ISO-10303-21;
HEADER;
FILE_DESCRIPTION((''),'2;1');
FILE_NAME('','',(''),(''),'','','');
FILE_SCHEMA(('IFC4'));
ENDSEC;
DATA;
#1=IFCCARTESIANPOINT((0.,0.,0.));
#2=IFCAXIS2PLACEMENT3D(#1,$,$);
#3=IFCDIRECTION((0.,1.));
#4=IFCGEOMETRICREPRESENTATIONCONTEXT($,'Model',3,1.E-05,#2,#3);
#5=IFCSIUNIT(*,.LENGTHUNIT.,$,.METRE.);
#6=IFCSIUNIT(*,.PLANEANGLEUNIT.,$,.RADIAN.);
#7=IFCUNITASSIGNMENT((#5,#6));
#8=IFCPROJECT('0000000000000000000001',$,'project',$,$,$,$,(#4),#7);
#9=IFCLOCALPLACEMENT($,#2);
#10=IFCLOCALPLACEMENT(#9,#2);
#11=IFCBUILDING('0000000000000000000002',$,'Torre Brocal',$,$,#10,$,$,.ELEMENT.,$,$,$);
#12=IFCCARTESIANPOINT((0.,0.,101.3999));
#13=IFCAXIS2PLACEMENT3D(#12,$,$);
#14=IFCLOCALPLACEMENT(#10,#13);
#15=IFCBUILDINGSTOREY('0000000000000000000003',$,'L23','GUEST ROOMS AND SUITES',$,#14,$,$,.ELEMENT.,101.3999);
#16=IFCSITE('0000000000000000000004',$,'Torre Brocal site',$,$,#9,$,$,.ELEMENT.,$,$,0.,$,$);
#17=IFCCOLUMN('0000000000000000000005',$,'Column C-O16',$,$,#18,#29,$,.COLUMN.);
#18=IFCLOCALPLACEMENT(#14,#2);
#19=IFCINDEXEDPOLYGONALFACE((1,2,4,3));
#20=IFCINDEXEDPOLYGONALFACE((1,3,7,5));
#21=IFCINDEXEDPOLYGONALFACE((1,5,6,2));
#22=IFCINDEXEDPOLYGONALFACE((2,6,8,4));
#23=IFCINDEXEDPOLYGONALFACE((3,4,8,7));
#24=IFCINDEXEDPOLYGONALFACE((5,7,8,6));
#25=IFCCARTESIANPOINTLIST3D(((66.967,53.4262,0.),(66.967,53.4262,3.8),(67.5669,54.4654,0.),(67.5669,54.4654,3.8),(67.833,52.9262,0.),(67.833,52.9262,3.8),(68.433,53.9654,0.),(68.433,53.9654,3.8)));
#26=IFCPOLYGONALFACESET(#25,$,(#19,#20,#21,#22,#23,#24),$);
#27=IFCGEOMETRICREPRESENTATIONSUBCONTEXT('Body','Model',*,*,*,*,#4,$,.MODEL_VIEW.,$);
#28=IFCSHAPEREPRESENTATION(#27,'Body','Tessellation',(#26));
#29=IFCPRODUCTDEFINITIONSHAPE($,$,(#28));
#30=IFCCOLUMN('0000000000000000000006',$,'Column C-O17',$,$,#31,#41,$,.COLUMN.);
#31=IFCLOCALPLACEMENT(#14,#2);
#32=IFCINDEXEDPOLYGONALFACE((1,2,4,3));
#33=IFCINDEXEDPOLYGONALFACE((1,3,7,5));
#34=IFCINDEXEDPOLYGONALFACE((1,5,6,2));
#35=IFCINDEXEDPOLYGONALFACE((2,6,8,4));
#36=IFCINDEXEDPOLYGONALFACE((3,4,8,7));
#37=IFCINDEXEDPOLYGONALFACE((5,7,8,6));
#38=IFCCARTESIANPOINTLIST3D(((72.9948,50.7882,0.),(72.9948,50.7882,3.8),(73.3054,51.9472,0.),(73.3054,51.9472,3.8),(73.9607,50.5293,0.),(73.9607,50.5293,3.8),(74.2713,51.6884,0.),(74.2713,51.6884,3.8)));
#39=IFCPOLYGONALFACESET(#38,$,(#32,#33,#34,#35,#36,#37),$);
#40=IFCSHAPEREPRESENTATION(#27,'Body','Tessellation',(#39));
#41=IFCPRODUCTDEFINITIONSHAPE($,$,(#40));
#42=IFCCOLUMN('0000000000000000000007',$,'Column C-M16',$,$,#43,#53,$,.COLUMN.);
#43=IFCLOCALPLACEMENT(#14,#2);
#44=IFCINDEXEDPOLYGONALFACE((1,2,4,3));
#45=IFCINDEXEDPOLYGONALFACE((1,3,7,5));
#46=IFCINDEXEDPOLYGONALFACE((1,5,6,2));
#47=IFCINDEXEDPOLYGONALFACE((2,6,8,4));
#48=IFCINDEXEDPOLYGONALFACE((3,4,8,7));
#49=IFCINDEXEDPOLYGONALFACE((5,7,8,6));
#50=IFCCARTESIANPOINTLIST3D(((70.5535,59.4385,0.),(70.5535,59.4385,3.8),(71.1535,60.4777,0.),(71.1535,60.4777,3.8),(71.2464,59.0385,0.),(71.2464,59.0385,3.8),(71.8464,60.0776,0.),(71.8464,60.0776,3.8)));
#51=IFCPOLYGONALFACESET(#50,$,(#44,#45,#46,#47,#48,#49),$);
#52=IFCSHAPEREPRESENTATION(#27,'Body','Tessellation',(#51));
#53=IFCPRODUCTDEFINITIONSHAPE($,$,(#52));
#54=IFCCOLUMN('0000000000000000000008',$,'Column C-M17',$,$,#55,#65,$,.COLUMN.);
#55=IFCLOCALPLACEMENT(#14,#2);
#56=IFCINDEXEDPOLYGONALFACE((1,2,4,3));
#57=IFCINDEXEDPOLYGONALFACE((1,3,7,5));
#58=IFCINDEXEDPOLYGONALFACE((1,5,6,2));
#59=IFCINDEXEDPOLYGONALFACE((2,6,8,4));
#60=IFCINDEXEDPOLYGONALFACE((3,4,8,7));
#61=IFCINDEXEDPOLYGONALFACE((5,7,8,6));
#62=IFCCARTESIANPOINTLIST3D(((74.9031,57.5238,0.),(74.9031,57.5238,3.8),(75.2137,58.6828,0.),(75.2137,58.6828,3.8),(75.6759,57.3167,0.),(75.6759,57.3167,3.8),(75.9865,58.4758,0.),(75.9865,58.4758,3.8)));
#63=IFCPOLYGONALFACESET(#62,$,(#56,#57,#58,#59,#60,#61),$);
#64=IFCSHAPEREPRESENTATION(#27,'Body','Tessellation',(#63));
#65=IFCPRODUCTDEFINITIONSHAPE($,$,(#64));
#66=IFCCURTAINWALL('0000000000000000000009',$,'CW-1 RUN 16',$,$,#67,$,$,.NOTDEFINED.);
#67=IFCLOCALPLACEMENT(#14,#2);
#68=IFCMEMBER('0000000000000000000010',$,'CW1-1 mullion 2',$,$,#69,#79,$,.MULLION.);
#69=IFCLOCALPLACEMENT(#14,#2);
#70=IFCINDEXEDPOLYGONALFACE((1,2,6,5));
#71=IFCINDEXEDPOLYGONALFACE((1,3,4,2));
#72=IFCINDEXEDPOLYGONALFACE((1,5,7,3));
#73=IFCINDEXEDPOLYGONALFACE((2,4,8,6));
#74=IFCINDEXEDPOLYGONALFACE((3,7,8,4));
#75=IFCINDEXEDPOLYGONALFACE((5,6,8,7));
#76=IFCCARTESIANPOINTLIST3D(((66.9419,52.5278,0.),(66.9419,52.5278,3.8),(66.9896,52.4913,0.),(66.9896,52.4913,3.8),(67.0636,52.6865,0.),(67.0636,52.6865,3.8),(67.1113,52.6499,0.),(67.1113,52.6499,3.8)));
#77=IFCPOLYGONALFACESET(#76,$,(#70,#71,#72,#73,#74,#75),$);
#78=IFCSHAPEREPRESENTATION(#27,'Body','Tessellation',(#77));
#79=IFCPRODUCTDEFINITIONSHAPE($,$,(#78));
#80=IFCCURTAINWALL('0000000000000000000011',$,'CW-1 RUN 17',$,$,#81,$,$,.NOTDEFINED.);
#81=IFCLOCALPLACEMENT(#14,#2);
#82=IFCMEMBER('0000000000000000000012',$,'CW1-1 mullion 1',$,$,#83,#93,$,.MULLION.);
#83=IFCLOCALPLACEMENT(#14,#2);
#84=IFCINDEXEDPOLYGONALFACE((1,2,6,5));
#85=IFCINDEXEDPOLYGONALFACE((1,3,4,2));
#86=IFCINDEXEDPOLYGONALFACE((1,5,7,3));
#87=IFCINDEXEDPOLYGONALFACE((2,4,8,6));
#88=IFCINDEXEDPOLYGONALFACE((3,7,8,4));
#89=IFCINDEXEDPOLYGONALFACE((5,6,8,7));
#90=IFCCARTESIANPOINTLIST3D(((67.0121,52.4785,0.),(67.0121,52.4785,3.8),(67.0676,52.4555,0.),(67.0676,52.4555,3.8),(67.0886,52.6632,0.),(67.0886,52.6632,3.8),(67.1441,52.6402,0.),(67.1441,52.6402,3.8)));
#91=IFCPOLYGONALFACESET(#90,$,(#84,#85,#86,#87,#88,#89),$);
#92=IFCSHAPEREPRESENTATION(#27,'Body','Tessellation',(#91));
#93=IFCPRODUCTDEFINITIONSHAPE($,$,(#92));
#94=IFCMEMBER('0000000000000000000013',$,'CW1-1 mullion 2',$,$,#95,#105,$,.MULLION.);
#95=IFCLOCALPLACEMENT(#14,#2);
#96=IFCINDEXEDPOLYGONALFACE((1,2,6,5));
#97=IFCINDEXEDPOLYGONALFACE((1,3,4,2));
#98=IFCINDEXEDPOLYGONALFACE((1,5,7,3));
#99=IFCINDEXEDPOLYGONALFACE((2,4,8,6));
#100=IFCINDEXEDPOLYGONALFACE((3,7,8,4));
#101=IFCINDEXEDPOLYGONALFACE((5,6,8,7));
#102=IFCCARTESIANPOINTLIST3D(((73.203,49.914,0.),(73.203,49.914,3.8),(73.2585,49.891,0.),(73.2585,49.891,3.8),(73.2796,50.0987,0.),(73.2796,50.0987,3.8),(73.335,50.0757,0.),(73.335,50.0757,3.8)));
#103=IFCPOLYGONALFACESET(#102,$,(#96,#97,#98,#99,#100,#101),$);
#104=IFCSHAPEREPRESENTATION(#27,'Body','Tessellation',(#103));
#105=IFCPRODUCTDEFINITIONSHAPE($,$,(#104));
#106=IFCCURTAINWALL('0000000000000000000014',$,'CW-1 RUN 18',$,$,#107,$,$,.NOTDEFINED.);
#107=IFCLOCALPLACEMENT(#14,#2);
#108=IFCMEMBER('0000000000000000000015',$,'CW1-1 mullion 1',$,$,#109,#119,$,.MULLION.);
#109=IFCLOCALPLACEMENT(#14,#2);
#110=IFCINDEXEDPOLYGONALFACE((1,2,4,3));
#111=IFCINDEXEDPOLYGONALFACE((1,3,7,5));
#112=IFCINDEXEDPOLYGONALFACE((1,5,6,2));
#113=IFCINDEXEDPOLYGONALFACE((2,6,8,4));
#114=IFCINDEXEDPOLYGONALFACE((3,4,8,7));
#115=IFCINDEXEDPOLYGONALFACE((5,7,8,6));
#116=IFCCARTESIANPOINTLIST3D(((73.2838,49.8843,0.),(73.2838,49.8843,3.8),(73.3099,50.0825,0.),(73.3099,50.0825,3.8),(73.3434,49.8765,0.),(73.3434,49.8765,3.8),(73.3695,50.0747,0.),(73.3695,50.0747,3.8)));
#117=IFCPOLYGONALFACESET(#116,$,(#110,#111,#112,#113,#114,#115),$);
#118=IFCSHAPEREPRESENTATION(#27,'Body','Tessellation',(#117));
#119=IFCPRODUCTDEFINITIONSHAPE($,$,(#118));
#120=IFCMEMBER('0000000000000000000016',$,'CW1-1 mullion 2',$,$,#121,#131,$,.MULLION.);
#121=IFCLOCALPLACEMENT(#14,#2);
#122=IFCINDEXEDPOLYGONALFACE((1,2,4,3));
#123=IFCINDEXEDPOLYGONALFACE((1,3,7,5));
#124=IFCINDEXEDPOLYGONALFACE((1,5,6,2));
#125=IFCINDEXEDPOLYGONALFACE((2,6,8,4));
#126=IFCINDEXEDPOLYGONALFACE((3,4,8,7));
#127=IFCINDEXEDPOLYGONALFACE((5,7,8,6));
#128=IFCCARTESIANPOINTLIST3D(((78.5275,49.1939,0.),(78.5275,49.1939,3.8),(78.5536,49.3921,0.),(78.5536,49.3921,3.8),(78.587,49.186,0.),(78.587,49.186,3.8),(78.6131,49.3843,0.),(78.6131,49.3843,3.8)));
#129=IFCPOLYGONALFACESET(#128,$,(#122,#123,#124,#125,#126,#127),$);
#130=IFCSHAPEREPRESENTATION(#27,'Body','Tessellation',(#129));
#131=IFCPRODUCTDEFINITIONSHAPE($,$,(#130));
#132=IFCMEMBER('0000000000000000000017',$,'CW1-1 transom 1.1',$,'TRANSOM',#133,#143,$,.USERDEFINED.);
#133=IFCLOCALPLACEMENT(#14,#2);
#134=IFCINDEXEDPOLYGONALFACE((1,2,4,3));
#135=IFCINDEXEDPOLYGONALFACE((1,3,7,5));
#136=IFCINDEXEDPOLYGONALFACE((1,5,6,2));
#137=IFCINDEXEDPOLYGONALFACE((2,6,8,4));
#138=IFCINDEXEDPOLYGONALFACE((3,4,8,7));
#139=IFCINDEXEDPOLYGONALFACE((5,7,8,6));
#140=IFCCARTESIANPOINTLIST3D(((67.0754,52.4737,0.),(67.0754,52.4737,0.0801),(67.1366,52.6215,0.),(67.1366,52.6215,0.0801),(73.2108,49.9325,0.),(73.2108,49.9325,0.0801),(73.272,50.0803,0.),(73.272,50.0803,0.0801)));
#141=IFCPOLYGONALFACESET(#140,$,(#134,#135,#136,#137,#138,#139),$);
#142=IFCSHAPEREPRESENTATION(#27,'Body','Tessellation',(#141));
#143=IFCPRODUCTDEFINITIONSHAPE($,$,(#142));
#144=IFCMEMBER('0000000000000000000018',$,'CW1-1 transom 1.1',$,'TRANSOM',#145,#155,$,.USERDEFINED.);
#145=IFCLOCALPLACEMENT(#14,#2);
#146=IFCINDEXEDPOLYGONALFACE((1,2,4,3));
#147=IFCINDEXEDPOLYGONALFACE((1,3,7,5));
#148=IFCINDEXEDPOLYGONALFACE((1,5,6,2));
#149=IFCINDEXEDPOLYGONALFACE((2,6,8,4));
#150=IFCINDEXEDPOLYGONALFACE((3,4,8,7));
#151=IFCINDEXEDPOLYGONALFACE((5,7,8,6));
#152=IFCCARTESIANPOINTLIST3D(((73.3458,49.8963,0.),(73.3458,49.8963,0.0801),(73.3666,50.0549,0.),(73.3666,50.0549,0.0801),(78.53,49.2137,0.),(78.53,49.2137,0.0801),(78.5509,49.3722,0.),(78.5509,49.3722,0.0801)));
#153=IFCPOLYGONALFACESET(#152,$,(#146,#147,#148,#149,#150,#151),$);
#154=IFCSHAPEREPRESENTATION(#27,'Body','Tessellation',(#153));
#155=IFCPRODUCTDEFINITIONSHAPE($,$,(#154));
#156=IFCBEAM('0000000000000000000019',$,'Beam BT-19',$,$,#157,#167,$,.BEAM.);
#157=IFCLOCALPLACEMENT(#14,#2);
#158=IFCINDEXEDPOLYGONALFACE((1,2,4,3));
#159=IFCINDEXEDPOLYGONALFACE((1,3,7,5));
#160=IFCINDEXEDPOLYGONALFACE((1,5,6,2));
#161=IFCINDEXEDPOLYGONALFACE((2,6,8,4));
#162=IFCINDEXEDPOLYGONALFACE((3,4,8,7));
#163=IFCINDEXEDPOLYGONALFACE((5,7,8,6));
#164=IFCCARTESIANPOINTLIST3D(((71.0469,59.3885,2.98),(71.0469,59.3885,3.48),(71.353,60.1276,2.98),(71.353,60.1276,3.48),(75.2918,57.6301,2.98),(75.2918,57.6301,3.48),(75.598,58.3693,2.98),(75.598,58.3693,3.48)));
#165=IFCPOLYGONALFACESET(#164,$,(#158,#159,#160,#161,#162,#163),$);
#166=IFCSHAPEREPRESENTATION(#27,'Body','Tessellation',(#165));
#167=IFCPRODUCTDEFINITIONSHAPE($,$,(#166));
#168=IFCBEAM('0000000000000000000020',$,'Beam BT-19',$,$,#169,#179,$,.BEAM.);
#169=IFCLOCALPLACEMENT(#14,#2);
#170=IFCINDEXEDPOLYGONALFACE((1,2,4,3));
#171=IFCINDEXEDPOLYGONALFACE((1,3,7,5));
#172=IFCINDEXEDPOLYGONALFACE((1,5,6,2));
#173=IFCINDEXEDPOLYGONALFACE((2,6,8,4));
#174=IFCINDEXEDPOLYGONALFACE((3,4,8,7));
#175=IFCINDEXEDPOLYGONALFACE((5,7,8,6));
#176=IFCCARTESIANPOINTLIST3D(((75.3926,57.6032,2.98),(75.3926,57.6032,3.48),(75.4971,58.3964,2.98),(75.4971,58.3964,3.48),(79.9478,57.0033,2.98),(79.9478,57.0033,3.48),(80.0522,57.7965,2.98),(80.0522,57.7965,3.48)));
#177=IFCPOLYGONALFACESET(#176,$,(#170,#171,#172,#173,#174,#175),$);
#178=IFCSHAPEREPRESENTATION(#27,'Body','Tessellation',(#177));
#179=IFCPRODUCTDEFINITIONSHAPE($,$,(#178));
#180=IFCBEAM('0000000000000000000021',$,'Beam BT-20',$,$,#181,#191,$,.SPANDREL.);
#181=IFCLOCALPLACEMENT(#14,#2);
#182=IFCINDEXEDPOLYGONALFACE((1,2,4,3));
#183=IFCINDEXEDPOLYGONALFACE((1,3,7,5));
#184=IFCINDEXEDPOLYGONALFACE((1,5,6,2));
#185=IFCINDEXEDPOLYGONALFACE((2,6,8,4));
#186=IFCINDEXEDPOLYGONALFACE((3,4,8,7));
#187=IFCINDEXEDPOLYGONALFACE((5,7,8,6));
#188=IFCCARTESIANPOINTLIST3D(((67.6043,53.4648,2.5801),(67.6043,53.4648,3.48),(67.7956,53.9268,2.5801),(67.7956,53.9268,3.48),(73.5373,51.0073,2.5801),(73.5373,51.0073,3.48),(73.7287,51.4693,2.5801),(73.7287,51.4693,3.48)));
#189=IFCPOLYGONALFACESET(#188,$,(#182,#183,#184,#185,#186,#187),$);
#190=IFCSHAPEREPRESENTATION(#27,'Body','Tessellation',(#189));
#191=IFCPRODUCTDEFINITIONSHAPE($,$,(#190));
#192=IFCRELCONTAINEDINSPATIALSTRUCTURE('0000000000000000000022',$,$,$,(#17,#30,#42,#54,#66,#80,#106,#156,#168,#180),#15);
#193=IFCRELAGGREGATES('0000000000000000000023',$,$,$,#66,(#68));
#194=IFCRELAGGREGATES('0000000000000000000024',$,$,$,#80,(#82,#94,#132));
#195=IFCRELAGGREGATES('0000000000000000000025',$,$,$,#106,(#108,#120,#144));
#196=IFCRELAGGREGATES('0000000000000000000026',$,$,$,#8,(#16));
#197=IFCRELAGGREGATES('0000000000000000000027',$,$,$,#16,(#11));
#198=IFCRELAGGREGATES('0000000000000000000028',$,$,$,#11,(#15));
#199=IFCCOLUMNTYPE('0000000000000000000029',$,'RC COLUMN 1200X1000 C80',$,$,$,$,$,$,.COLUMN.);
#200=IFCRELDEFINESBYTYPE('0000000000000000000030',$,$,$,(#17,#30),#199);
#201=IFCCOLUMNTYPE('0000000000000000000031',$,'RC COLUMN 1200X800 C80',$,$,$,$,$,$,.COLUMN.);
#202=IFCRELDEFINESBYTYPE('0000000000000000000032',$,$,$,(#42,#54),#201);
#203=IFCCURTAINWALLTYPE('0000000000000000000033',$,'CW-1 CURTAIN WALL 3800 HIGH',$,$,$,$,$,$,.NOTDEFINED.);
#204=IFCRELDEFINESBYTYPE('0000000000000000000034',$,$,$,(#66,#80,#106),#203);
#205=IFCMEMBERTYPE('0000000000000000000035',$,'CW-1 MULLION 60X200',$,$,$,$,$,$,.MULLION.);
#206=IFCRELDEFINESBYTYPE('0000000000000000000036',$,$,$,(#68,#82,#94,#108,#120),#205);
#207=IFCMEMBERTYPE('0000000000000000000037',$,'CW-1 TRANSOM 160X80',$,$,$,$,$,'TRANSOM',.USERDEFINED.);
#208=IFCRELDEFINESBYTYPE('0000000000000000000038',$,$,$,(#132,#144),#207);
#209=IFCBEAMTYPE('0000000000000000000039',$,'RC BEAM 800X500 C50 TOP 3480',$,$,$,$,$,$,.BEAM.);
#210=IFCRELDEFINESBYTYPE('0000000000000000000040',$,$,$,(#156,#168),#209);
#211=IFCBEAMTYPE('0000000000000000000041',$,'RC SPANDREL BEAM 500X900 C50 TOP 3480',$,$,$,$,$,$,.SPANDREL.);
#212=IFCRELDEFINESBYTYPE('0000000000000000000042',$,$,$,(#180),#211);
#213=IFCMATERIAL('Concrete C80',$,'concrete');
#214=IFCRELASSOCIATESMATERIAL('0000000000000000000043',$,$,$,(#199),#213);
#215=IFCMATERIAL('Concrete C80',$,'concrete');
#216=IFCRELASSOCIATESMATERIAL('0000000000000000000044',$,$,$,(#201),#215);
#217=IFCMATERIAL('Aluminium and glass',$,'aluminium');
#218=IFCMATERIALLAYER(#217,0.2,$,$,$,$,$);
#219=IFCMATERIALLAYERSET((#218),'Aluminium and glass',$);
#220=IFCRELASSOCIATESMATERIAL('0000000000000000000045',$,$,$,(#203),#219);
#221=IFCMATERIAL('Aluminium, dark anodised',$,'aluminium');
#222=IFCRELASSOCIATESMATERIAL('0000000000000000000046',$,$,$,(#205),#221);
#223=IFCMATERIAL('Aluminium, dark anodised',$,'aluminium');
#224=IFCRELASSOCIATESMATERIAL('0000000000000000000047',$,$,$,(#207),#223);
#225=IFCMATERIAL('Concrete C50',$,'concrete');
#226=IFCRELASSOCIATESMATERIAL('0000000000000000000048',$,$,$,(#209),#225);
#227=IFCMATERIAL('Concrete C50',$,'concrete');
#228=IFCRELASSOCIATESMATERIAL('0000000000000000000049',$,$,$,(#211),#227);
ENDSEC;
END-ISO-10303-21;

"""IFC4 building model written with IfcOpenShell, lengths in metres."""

from ifc_helpers import new_model, si_unit, direction, frame, origin, origin_2d, place, context, subcontext, project, spatial, rectangle, extrude, material, layer, layer_set, material_profile, profile_set, type_object, element, aggregate, save


model = new_model("IFC4")

# Units and contexts
model_context = context("Model", 3, precision=1e-05, world=origin(), true_north=direction((0.0, 1.0)))
body_context = subcontext(model_context, "Body", "Model", "MODEL_VIEW")
ifc_project = project(units=[si_unit("LENGTHUNIT", "METRE"), si_unit("PLANEANGLEUNIT", "RADIAN")], contexts=[model_context])

# Site, building, storey
site_placement = place(None, origin())
site = spatial("IfcSite", under=ifc_project, at=site_placement, Name="Torre Brocal site", CompositionType="ELEMENT", RefElevation=0.0)
building_placement = place(site_placement, origin())
building = spatial("IfcBuilding", under=site, at=building_placement, Name="Torre Brocal", CompositionType="ELEMENT")
storey_placement = place(building_placement, frame((0.0, 0.0, 101.3999)))
storey = spatial("IfcBuildingStorey", under=building, at=storey_placement, Name="L23", Description="GUEST ROOMS AND SUITES", CompositionType="ELEMENT", Elevation=101.3999)

# Columns
ifc_material_1 = material(Name="Concrete C80", Category="concrete")
ifc_material_profile_1 = material_profile(ifc_material_1, rectangle(XDim=1.2, YDim=1.0, at=origin_2d()), Name="RC 1200X1000")
ifc_profile_set_1 = profile_set([ifc_material_profile_1], Name="Concrete C80")
column_type_1 = type_object("IfcColumnType", Name="RC COLUMN 1200X1000 C80", PredefinedType="COLUMN", material=ifc_profile_set_1)
for number, where, z_axis, x_axis, name in (
    (1, (67.7, 53.6958, 0.0), (0.0, 0.0, 1.0), (-0.5, -0.866025, 0.0), "Column C-O16"),
    (2, (73.6331, 51.2383, 0.0), (0.0, 0.0, 1.0), (-0.258819, -0.965926, 0.0), "Column C-O17"),
):
    element("IfcColumn", number, at=place(storey_placement, frame(where, z_axis=z_axis, x_axis=x_axis)), inside=storey, type_object=column_type_1, Name=name, PredefinedType="COLUMN", context=body_context, shape_type="SweptSolid", body=[
        extrude(rectangle(XDim=1.2, YDim=1.0, at=origin_2d()), origin(), (0.0, 0.0, 1.0), 3.8),
    ])
ifc_material_2 = material(Name="Concrete C80", Category="concrete")
ifc_material_profile_2 = material_profile(ifc_material_2, rectangle(XDim=1.2, YDim=0.8, at=origin_2d()), Name="RC 1200X800")
ifc_profile_set_2 = profile_set([ifc_material_profile_2], Name="Concrete C80")
column_type_2 = type_object("IfcColumnType", Name="RC COLUMN 1200X800 C80", PredefinedType="COLUMN", material=ifc_profile_set_2)
for number, where, z_axis, x_axis, name in (
    (3, (71.2, 59.7581, 0.0), (0.0, 0.0, 1.0), (-0.5, -0.866025, 0.0), "Column C-M16"),
    (4, (75.4448, 57.9998, 0.0), (0.0, 0.0, 1.0), (-0.258819, -0.965926, 0.0), "Column C-M17"),
):
    element("IfcColumn", number, at=place(storey_placement, frame(where, z_axis=z_axis, x_axis=x_axis)), inside=storey, type_object=column_type_2, Name=name, PredefinedType="COLUMN", context=body_context, shape_type="SweptSolid", body=[
        extrude(rectangle(XDim=1.2, YDim=0.8, at=origin_2d()), origin(), (0.0, 0.0, 1.0), 3.8),
    ])

# Curtain wall, member
ifc_material_3 = material(Name="Aluminium and glass", Category="aluminium")
ifc_layer_1 = layer(ifc_material_3, 0.2)
ifc_layer_set_1 = layer_set([ifc_layer_1], Name="Aluminium and glass")
curtain_wall_type = type_object("IfcCurtainWallType", Name="CW-1 CURTAIN WALL 3800 HIGH", PredefinedType="NOTDEFINED", material=ifc_layer_set_1)
curtain_wall_1_placement = place(storey_placement, origin())
curtain_wall_1 = element("IfcCurtainWall", 5, at=curtain_wall_1_placement, inside=storey, type_object=curtain_wall_type, Name="CW-1 RUN 16", PredefinedType="NOTDEFINED")
ifc_material_4 = material(Name="Aluminium, dark anodised", Category="aluminium")
ifc_material_profile_3 = material_profile(ifc_material_4, rectangle(XDim=0.2, YDim=0.0601, at=origin_2d()), Name="CW-1 MULLION 60X200")
ifc_profile_set_3 = profile_set([ifc_material_profile_3], Name="Aluminium, dark anodised")
member_type_1 = type_object("IfcMemberType", Name="CW-1 MULLION 60X200", PredefinedType="MULLION", material=ifc_profile_set_3)
member_1_placement = place(storey_placement, frame((67.0266, 52.5889, 0.0), z_axis=(0.0, 0.0, 1.0), x_axis=(0.608761, 0.793353, 0.0)))
member_1 = element("IfcMember", 6, at=member_1_placement, type_object=member_type_1, Name="CW1-1 mullion 2", PredefinedType="MULLION", context=body_context, shape_type="SweptSolid", body=[
    extrude(rectangle(XDim=0.2, YDim=0.0601, at=origin_2d()), origin(), (0.0, 0.0, 1.0), 3.8),
])
aggregate(curtain_wall_1, [member_1])

# Curtain walls, members
curtain_wall_2_placement = place(storey_placement, origin())
curtain_wall_2 = element("IfcCurtainWall", 7, at=curtain_wall_2_placement, inside=storey, type_object=curtain_wall_type, Name="CW-1 RUN 17", PredefinedType="NOTDEFINED")
member_2_placement = place(storey_placement, frame((67.0781, 52.5593, 0.0), z_axis=(0.0, 0.0, 1.0), x_axis=(0.382683, 0.92388, 0.0)))
member_2 = element("IfcMember", 8, at=member_2_placement, type_object=member_type_1, Name="CW1-1 mullion 1", PredefinedType="MULLION", context=body_context, shape_type="SweptSolid", body=[
    extrude(rectangle(XDim=0.2, YDim=0.0601, at=origin_2d()), origin(), (0.0, 0.0, 1.0), 3.8),
])
member_3_placement = place(storey_placement, frame((73.269, 49.9949, 0.0), z_axis=(0.0, 0.0, 1.0), x_axis=(0.382683, 0.92388, 0.0)))
member_3 = element("IfcMember", 9, at=member_3_placement, type_object=member_type_1, Name="CW1-1 mullion 2", PredefinedType="MULLION", context=body_context, shape_type="SweptSolid", body=[
    extrude(rectangle(XDim=0.2, YDim=0.0601, at=origin_2d()), origin(), (0.0, 0.0, 1.0), 3.8),
])
curtain_wall_3_placement = place(storey_placement, origin())
curtain_wall_3 = element("IfcCurtainWall", 10, at=curtain_wall_3_placement, inside=storey, type_object=curtain_wall_type, Name="CW-1 RUN 18", PredefinedType="NOTDEFINED")
member_4_placement = place(storey_placement, frame((73.3267, 49.9795, 0.0), z_axis=(0.0, 0.0, 1.0), x_axis=(0.130526, 0.991445, 0.0)))
member_4 = element("IfcMember", 11, at=member_4_placement, type_object=member_type_1, Name="CW1-1 mullion 1", PredefinedType="MULLION", context=body_context, shape_type="SweptSolid", body=[
    extrude(rectangle(XDim=0.2, YDim=0.0601, at=origin_2d()), origin(), (0.0, 0.0, 1.0), 3.8),
])
member_5_placement = place(storey_placement, frame((78.5703, 49.2891, 0.0), z_axis=(0.0, 0.0, 1.0), x_axis=(0.130526, 0.991445, 0.0)))
member_5 = element("IfcMember", 12, at=member_5_placement, type_object=member_type_1, Name="CW1-1 mullion 2", PredefinedType="MULLION", context=body_context, shape_type="SweptSolid", body=[
    extrude(rectangle(XDim=0.2, YDim=0.0601, at=origin_2d()), origin(), (0.0, 0.0, 1.0), 3.8),
])

# Members
ifc_material_5 = material(Name="Aluminium, dark anodised", Category="aluminium")
ifc_material_profile_4 = material_profile(ifc_material_5, rectangle(XDim=0.1599, YDim=0.0801, at=origin_2d()), Name="CW-1 TRANSOM 160X80")
ifc_profile_set_4 = profile_set([ifc_material_profile_4], Name="Aluminium, dark anodised")
member_type_2 = type_object("IfcMemberType", Name="CW-1 TRANSOM 160X80", ElementType="TRANSOM", PredefinedType="USERDEFINED", material=ifc_profile_set_4)
member_6_placement = place(storey_placement, frame((67.106, 52.5476, 0.04), z_axis=(0.923887, -0.382665, 0.0), x_axis=(0.382665, 0.923887, 0.0)))
member_6 = element("IfcMember", 13, at=member_6_placement, type_object=member_type_2, Name="CW1-1 transom 1.1", ObjectType="TRANSOM", PredefinedType="USERDEFINED", context=body_context, shape_type="SweptSolid", body=[
    extrude(rectangle(XDim=0.1599, YDim=0.0801, at=origin_2d()), origin(), (0.0, 0.0, 1.0), 6.6409),
])
member_7_placement = place(storey_placement, frame((73.3562, 49.9756, 0.04), z_axis=(0.991443, -0.130543, 0.0), x_axis=(0.130543, 0.991443, 0.0)))
member_7 = element("IfcMember", 14, at=member_7_placement, type_object=member_type_2, Name="CW1-1 transom 1.1", ObjectType="TRANSOM", PredefinedType="USERDEFINED", context=body_context, shape_type="SweptSolid", body=[
    extrude(rectangle(XDim=0.1599, YDim=0.0801, at=origin_2d()), origin(), (0.0, 0.0, 1.0), 5.229),
])

# Beams
ifc_material_6 = material(Name="Concrete C50", Category="concrete")
ifc_material_profile_5 = material_profile(ifc_material_6, rectangle(XDim=0.8, YDim=0.5, at=origin_2d()), Name="RC 800X500")
ifc_profile_set_5 = profile_set([ifc_material_profile_5], Name="Concrete C50")
beam_type_1 = type_object("IfcBeamType", Name="RC BEAM 800X500 C50 TOP 3480", PredefinedType="BEAM", material=ifc_profile_set_5)
beam_1_placement = place(storey_placement, frame((71.2, 59.7581, 3.23), z_axis=(0.923878, -0.382687, 0.0), x_axis=(0.382687, 0.923878, 0.0)))
element("IfcBeam", 15, at=beam_1_placement, inside=storey, type_object=beam_type_1, Name="Beam BT-19", PredefinedType="BEAM", context=body_context, shape_type="SweptSolid", body=[
    extrude(rectangle(XDim=0.8, YDim=0.5, at=origin_2d()), origin(), (0.0, 0.0, 1.0), 4.5947),
])
beam_2_placement = place(storey_placement, frame((75.4448, 57.9998, 3.23), z_axis=(0.991441, -0.130559, 0.0), x_axis=(0.130559, 0.991441, 0.0)))
element("IfcBeam", 16, at=beam_2_placement, inside=storey, type_object=beam_type_1, Name="Beam BT-19", PredefinedType="BEAM", context=body_context, shape_type="SweptSolid", body=[
    extrude(rectangle(XDim=0.8, YDim=0.5, at=origin_2d()), origin(), (0.0, 0.0, 1.0), 4.5945),
])
ifc_material_7 = material(Name="Concrete C50", Category="concrete")
ifc_material_profile_6 = material_profile(ifc_material_7, rectangle(XDim=0.5, YDim=0.8999, at=origin_2d()), Name="RC 500X900")
ifc_profile_set_6 = profile_set([ifc_material_profile_6], Name="Concrete C50")
beam_type_2 = type_object("IfcBeamType", Name="RC SPANDREL BEAM 500X900 C50 TOP 3480", PredefinedType="SPANDREL", material=ifc_profile_set_6)
beam_3_placement = place(storey_placement, frame((67.7, 53.6958, 3.03), z_axis=(0.923882, -0.382676, 0.0), x_axis=(0.382676, 0.923882, 0.0)))
element("IfcBeam", 17, at=beam_3_placement, inside=storey, type_object=beam_type_2, Name="Beam BT-20", PredefinedType="SPANDREL", context=body_context, shape_type="SweptSolid", body=[
    extrude(rectangle(XDim=0.5, YDim=0.8999, at=origin_2d()), origin(), (0.0, 0.0, 1.0), 6.4219),
])

aggregate(curtain_wall_2, [member_2, member_3, member_6])
aggregate(curtain_wall_3, [member_4, member_5, member_7])

save(model, "model.ifc")
